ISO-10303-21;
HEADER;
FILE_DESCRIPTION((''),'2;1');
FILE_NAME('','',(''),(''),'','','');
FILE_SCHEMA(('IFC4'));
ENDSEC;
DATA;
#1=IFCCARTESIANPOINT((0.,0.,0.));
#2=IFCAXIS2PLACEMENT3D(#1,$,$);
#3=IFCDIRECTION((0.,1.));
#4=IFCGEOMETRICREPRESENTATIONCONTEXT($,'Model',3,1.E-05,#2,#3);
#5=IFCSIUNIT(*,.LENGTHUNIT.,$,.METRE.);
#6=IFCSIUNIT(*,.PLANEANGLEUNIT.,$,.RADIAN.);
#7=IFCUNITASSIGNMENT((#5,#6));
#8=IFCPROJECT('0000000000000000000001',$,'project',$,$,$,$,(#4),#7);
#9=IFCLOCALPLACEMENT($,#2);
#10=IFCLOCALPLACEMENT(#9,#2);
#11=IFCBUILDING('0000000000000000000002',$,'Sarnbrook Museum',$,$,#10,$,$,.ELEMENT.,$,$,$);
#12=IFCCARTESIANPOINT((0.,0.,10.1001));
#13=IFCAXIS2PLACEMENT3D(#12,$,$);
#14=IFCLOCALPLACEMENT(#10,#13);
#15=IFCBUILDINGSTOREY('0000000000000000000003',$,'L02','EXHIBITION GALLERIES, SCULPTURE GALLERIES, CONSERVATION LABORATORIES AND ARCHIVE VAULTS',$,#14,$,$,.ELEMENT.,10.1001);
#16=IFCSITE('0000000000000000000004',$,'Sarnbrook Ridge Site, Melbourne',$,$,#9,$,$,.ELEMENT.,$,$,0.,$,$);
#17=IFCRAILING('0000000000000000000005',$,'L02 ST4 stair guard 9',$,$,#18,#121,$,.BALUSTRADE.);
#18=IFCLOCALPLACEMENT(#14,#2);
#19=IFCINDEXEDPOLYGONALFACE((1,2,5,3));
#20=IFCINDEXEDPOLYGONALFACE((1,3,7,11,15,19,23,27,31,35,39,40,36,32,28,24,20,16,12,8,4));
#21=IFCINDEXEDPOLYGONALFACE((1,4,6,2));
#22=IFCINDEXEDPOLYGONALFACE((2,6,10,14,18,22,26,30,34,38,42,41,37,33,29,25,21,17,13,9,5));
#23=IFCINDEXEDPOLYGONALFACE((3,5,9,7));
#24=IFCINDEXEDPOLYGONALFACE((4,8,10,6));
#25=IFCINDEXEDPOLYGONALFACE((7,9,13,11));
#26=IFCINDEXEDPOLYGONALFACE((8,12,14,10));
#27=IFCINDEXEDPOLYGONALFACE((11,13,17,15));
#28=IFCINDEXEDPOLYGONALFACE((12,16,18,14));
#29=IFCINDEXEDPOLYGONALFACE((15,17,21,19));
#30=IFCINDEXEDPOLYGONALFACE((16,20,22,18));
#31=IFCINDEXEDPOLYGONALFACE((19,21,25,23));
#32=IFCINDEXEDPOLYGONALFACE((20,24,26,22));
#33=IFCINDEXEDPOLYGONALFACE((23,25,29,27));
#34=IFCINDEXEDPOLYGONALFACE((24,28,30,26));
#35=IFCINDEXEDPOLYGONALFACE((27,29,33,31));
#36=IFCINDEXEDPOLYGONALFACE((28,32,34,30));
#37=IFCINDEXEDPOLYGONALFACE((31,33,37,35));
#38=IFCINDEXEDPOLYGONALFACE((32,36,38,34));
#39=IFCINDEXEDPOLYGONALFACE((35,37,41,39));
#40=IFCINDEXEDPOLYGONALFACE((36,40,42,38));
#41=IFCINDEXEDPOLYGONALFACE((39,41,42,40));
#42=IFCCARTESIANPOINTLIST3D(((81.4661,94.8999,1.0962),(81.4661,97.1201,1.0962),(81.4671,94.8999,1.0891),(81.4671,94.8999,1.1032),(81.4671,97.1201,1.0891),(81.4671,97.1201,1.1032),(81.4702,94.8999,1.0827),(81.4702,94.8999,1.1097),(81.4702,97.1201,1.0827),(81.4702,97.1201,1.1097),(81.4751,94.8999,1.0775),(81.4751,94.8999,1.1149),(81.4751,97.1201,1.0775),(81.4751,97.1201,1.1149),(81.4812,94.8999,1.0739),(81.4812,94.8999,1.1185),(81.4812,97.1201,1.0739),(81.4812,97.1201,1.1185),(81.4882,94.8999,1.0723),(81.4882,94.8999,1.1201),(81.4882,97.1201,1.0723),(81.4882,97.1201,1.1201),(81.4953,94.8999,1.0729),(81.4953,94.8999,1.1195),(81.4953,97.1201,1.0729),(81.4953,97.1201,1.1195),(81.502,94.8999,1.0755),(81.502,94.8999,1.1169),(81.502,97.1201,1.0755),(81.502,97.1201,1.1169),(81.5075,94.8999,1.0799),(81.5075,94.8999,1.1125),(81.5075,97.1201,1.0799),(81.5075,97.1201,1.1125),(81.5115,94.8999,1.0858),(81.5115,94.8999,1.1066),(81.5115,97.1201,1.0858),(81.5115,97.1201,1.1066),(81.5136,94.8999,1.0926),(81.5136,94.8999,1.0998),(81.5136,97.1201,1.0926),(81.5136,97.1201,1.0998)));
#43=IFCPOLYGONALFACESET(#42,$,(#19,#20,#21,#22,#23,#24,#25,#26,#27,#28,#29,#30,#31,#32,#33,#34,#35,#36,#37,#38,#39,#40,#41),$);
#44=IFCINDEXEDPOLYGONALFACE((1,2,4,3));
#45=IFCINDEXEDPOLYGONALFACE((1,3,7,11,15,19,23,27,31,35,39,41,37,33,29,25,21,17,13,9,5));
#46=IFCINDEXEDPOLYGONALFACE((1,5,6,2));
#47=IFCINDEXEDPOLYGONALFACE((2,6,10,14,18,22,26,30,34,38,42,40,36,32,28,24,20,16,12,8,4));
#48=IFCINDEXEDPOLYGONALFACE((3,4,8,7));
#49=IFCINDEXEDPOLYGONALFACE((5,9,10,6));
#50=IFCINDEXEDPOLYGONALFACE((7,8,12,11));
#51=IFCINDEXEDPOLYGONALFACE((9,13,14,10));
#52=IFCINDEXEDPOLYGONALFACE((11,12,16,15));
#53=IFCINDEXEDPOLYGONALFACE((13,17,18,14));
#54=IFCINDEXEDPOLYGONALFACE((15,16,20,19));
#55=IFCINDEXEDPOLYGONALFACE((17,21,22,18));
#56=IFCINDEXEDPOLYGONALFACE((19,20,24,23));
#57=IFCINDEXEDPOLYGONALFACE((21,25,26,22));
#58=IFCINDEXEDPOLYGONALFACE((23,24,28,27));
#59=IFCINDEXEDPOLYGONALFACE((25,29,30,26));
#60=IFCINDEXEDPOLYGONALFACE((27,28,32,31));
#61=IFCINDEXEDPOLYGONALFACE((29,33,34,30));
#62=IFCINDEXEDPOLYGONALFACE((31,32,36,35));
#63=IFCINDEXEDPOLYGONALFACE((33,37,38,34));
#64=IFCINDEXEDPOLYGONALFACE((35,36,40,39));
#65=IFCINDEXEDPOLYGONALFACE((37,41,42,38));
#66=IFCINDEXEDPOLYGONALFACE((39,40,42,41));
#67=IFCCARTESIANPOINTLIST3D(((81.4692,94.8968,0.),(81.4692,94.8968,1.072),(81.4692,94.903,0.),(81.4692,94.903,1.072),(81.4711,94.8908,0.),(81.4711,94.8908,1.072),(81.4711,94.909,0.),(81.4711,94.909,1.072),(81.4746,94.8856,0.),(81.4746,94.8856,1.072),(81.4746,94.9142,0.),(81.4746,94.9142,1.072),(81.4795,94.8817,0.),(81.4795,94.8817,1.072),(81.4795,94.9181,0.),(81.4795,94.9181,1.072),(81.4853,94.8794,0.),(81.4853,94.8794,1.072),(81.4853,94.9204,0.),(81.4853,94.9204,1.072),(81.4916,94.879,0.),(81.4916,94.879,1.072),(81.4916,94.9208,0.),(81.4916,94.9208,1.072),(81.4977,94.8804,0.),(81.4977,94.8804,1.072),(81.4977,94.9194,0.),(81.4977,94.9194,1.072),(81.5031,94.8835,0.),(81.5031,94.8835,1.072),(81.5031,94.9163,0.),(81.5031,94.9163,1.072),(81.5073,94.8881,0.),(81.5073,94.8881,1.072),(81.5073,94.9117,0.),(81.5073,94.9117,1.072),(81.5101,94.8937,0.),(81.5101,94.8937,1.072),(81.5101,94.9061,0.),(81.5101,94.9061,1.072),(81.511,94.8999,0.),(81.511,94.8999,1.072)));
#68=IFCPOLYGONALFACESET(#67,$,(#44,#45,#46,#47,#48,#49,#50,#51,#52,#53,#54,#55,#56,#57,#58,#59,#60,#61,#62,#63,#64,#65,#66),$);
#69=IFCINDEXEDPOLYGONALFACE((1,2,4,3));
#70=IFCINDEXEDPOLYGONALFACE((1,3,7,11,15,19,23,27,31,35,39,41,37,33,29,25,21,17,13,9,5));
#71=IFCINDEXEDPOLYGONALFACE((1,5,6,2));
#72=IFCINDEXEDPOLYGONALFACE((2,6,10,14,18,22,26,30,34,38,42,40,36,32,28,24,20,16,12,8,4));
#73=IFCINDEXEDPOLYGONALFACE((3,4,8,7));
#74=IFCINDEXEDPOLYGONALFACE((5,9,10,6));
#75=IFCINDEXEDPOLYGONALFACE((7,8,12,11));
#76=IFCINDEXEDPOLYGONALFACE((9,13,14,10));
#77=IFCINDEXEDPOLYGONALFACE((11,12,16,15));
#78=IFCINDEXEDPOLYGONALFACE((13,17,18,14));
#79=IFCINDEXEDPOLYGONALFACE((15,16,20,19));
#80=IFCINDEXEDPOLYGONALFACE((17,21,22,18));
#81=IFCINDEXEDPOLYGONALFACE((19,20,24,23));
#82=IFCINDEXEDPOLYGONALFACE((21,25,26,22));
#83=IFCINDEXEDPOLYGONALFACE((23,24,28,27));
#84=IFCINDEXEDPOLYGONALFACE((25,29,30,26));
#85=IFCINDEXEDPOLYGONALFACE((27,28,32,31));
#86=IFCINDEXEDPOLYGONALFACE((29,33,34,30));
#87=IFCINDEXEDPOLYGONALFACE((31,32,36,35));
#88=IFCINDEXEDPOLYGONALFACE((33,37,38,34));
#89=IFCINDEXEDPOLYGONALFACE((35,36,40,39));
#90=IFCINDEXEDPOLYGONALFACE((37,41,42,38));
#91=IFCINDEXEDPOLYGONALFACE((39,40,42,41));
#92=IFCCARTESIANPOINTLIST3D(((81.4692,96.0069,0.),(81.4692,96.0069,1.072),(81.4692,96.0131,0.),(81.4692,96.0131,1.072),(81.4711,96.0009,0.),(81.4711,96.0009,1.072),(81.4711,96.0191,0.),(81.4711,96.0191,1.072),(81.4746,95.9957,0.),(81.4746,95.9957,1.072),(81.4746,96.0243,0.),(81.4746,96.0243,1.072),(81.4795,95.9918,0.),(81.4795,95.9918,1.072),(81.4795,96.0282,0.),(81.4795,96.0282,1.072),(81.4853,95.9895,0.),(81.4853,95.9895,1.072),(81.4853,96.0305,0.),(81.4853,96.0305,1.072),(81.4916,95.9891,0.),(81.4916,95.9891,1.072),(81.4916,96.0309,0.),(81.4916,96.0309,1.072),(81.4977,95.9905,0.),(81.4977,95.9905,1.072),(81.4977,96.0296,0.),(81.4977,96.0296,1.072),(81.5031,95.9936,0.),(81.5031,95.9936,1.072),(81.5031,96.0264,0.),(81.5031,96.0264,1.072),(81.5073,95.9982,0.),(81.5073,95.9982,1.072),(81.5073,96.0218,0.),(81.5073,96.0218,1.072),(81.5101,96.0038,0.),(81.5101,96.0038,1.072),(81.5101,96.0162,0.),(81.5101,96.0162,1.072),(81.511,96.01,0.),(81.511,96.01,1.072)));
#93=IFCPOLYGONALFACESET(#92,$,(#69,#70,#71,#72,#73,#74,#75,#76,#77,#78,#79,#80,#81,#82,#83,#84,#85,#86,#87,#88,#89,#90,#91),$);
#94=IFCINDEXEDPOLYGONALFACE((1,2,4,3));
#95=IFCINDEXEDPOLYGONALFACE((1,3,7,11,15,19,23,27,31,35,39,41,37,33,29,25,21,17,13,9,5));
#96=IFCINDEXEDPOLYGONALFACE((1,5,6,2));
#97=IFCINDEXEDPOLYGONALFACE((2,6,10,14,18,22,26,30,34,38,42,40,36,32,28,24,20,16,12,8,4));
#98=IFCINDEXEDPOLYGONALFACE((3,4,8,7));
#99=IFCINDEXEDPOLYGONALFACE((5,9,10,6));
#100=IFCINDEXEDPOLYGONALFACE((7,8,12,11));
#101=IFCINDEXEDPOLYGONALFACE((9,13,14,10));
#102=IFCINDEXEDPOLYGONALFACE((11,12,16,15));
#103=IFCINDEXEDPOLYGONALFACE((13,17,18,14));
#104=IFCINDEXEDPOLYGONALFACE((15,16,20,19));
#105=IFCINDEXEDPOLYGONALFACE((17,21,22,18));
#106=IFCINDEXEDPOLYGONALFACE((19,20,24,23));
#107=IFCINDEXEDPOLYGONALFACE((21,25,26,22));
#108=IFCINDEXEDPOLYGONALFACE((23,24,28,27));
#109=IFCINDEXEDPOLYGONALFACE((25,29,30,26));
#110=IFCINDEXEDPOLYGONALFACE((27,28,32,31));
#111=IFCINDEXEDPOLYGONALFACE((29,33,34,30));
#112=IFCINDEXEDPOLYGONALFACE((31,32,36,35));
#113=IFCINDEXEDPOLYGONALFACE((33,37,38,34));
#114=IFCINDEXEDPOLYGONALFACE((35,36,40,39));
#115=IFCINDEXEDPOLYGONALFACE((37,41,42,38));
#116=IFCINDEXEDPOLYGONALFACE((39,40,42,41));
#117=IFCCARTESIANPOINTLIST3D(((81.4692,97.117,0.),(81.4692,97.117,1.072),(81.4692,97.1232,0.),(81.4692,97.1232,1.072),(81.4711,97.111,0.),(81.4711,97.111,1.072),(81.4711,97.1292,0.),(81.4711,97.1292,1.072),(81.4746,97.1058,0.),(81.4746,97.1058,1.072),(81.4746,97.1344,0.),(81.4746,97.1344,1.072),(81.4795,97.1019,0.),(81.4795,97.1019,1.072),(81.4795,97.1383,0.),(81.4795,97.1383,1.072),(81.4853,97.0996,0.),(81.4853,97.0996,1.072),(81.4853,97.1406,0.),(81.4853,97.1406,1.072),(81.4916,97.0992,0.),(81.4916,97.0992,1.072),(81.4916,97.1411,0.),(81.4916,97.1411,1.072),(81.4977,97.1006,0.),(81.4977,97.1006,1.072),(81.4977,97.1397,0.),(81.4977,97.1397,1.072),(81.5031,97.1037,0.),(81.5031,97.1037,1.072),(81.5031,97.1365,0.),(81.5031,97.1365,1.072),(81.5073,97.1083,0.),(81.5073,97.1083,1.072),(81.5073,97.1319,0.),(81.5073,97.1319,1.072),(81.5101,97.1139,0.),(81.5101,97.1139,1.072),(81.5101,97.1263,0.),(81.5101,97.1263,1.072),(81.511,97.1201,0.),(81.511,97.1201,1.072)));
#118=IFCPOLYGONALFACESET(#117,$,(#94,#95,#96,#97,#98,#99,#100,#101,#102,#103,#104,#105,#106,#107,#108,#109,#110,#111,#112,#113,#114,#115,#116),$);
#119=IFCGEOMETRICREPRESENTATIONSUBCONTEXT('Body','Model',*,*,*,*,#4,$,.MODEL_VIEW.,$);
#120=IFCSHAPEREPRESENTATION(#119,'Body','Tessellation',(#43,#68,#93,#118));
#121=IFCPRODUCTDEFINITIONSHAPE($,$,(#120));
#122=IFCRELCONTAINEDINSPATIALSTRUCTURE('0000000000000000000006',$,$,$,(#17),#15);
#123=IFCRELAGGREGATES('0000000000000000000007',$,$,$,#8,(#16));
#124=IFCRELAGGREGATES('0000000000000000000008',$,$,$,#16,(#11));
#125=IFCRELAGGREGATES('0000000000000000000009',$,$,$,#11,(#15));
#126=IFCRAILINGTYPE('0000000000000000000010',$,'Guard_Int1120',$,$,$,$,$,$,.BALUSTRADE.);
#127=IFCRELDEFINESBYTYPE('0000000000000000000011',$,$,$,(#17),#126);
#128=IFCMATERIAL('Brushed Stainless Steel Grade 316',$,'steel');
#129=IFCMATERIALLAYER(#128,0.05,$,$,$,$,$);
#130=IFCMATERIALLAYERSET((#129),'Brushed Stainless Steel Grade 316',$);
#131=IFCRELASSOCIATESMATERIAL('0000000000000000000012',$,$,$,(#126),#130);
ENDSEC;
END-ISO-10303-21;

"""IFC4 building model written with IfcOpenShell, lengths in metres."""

from ifc_helpers import new_model, si_unit, direction, frame, origin, origin_2d, place, context, subcontext, project, spatial, circle, extrude, material, layer, layer_set, type_object, element, save


model = new_model("IFC4")

# Units and contexts
model_context = context("Model", 3, precision=1e-05, world=origin(), true_north=direction((0.0, 1.0)))
body_context = subcontext(model_context, "Body", "Model", "MODEL_VIEW")
ifc_project = project(units=[si_unit("LENGTHUNIT", "METRE"), si_unit("PLANEANGLEUNIT", "RADIAN")], contexts=[model_context])

# Site, building, storey
site_placement = place(None, origin())
site = spatial("IfcSite", under=ifc_project, at=site_placement, Name="Sarnbrook Ridge Site, Melbourne", CompositionType="ELEMENT", RefElevation=0.0)
building_placement = place(site_placement, origin())
building = spatial("IfcBuilding", under=site, at=building_placement, Name="Sarnbrook Museum", CompositionType="ELEMENT")
storey_placement = place(building_placement, frame((0.0, 0.0, 10.1001)))
storey = spatial("IfcBuildingStorey", under=building, at=storey_placement, Name="L02", Description="EXHIBITION GALLERIES, SCULPTURE GALLERIES, CONSERVATION LABORATORIES AND ARCHIVE VAULTS", CompositionType="ELEMENT", Elevation=10.1001)

# Shared definitions
ifc_material_1 = material(Name="Brushed Stainless Steel Grade 316", Category="steel")

# Railing
ifc_layer_1 = layer(ifc_material_1, 0.05)
ifc_layer_set_1 = layer_set([ifc_layer_1], Name="Brushed Stainless Steel Grade 316")
railing_type_1 = type_object("IfcRailingType", Name="Guard_Int1120", PredefinedType="BALUSTRADE", material=ifc_layer_set_1)
for number, where, name in (
    (1, (81.49, 94.8999, 0.0), "L02 ST4 stair guard 9"),
):
    element("IfcRailing", number, at=place(storey_placement, frame(where)), inside=storey, type_object=railing_type_1, Name=name, PredefinedType="BALUSTRADE", context=body_context, shape_type="SweptSolid", body=[
        extrude(circle(Radius=0.0239, at=origin_2d()), frame((0.0, 0.0, 1.0962), z_axis=(0.0, 1.0, 0.0), x_axis=(-1.0, 0.0, 0.0)), (0.0, 0.0, 1.0), 2.2202),
        extrude(circle(Radius=0.021, at=origin_2d()), origin(), (0.0, 0.0, 1.0), 1.072),
        extrude(circle(Radius=0.021, at=origin_2d()), frame((0.0, 1.1101, 0.0)), (0.0, 0.0, 1.0), 1.072),
        extrude(circle(Radius=0.021, at=origin_2d()), frame((0.0, 2.2202, 0.0)), (0.0, 0.0, 1.0), 1.072),
    ])

save(model, "model.ifc")
